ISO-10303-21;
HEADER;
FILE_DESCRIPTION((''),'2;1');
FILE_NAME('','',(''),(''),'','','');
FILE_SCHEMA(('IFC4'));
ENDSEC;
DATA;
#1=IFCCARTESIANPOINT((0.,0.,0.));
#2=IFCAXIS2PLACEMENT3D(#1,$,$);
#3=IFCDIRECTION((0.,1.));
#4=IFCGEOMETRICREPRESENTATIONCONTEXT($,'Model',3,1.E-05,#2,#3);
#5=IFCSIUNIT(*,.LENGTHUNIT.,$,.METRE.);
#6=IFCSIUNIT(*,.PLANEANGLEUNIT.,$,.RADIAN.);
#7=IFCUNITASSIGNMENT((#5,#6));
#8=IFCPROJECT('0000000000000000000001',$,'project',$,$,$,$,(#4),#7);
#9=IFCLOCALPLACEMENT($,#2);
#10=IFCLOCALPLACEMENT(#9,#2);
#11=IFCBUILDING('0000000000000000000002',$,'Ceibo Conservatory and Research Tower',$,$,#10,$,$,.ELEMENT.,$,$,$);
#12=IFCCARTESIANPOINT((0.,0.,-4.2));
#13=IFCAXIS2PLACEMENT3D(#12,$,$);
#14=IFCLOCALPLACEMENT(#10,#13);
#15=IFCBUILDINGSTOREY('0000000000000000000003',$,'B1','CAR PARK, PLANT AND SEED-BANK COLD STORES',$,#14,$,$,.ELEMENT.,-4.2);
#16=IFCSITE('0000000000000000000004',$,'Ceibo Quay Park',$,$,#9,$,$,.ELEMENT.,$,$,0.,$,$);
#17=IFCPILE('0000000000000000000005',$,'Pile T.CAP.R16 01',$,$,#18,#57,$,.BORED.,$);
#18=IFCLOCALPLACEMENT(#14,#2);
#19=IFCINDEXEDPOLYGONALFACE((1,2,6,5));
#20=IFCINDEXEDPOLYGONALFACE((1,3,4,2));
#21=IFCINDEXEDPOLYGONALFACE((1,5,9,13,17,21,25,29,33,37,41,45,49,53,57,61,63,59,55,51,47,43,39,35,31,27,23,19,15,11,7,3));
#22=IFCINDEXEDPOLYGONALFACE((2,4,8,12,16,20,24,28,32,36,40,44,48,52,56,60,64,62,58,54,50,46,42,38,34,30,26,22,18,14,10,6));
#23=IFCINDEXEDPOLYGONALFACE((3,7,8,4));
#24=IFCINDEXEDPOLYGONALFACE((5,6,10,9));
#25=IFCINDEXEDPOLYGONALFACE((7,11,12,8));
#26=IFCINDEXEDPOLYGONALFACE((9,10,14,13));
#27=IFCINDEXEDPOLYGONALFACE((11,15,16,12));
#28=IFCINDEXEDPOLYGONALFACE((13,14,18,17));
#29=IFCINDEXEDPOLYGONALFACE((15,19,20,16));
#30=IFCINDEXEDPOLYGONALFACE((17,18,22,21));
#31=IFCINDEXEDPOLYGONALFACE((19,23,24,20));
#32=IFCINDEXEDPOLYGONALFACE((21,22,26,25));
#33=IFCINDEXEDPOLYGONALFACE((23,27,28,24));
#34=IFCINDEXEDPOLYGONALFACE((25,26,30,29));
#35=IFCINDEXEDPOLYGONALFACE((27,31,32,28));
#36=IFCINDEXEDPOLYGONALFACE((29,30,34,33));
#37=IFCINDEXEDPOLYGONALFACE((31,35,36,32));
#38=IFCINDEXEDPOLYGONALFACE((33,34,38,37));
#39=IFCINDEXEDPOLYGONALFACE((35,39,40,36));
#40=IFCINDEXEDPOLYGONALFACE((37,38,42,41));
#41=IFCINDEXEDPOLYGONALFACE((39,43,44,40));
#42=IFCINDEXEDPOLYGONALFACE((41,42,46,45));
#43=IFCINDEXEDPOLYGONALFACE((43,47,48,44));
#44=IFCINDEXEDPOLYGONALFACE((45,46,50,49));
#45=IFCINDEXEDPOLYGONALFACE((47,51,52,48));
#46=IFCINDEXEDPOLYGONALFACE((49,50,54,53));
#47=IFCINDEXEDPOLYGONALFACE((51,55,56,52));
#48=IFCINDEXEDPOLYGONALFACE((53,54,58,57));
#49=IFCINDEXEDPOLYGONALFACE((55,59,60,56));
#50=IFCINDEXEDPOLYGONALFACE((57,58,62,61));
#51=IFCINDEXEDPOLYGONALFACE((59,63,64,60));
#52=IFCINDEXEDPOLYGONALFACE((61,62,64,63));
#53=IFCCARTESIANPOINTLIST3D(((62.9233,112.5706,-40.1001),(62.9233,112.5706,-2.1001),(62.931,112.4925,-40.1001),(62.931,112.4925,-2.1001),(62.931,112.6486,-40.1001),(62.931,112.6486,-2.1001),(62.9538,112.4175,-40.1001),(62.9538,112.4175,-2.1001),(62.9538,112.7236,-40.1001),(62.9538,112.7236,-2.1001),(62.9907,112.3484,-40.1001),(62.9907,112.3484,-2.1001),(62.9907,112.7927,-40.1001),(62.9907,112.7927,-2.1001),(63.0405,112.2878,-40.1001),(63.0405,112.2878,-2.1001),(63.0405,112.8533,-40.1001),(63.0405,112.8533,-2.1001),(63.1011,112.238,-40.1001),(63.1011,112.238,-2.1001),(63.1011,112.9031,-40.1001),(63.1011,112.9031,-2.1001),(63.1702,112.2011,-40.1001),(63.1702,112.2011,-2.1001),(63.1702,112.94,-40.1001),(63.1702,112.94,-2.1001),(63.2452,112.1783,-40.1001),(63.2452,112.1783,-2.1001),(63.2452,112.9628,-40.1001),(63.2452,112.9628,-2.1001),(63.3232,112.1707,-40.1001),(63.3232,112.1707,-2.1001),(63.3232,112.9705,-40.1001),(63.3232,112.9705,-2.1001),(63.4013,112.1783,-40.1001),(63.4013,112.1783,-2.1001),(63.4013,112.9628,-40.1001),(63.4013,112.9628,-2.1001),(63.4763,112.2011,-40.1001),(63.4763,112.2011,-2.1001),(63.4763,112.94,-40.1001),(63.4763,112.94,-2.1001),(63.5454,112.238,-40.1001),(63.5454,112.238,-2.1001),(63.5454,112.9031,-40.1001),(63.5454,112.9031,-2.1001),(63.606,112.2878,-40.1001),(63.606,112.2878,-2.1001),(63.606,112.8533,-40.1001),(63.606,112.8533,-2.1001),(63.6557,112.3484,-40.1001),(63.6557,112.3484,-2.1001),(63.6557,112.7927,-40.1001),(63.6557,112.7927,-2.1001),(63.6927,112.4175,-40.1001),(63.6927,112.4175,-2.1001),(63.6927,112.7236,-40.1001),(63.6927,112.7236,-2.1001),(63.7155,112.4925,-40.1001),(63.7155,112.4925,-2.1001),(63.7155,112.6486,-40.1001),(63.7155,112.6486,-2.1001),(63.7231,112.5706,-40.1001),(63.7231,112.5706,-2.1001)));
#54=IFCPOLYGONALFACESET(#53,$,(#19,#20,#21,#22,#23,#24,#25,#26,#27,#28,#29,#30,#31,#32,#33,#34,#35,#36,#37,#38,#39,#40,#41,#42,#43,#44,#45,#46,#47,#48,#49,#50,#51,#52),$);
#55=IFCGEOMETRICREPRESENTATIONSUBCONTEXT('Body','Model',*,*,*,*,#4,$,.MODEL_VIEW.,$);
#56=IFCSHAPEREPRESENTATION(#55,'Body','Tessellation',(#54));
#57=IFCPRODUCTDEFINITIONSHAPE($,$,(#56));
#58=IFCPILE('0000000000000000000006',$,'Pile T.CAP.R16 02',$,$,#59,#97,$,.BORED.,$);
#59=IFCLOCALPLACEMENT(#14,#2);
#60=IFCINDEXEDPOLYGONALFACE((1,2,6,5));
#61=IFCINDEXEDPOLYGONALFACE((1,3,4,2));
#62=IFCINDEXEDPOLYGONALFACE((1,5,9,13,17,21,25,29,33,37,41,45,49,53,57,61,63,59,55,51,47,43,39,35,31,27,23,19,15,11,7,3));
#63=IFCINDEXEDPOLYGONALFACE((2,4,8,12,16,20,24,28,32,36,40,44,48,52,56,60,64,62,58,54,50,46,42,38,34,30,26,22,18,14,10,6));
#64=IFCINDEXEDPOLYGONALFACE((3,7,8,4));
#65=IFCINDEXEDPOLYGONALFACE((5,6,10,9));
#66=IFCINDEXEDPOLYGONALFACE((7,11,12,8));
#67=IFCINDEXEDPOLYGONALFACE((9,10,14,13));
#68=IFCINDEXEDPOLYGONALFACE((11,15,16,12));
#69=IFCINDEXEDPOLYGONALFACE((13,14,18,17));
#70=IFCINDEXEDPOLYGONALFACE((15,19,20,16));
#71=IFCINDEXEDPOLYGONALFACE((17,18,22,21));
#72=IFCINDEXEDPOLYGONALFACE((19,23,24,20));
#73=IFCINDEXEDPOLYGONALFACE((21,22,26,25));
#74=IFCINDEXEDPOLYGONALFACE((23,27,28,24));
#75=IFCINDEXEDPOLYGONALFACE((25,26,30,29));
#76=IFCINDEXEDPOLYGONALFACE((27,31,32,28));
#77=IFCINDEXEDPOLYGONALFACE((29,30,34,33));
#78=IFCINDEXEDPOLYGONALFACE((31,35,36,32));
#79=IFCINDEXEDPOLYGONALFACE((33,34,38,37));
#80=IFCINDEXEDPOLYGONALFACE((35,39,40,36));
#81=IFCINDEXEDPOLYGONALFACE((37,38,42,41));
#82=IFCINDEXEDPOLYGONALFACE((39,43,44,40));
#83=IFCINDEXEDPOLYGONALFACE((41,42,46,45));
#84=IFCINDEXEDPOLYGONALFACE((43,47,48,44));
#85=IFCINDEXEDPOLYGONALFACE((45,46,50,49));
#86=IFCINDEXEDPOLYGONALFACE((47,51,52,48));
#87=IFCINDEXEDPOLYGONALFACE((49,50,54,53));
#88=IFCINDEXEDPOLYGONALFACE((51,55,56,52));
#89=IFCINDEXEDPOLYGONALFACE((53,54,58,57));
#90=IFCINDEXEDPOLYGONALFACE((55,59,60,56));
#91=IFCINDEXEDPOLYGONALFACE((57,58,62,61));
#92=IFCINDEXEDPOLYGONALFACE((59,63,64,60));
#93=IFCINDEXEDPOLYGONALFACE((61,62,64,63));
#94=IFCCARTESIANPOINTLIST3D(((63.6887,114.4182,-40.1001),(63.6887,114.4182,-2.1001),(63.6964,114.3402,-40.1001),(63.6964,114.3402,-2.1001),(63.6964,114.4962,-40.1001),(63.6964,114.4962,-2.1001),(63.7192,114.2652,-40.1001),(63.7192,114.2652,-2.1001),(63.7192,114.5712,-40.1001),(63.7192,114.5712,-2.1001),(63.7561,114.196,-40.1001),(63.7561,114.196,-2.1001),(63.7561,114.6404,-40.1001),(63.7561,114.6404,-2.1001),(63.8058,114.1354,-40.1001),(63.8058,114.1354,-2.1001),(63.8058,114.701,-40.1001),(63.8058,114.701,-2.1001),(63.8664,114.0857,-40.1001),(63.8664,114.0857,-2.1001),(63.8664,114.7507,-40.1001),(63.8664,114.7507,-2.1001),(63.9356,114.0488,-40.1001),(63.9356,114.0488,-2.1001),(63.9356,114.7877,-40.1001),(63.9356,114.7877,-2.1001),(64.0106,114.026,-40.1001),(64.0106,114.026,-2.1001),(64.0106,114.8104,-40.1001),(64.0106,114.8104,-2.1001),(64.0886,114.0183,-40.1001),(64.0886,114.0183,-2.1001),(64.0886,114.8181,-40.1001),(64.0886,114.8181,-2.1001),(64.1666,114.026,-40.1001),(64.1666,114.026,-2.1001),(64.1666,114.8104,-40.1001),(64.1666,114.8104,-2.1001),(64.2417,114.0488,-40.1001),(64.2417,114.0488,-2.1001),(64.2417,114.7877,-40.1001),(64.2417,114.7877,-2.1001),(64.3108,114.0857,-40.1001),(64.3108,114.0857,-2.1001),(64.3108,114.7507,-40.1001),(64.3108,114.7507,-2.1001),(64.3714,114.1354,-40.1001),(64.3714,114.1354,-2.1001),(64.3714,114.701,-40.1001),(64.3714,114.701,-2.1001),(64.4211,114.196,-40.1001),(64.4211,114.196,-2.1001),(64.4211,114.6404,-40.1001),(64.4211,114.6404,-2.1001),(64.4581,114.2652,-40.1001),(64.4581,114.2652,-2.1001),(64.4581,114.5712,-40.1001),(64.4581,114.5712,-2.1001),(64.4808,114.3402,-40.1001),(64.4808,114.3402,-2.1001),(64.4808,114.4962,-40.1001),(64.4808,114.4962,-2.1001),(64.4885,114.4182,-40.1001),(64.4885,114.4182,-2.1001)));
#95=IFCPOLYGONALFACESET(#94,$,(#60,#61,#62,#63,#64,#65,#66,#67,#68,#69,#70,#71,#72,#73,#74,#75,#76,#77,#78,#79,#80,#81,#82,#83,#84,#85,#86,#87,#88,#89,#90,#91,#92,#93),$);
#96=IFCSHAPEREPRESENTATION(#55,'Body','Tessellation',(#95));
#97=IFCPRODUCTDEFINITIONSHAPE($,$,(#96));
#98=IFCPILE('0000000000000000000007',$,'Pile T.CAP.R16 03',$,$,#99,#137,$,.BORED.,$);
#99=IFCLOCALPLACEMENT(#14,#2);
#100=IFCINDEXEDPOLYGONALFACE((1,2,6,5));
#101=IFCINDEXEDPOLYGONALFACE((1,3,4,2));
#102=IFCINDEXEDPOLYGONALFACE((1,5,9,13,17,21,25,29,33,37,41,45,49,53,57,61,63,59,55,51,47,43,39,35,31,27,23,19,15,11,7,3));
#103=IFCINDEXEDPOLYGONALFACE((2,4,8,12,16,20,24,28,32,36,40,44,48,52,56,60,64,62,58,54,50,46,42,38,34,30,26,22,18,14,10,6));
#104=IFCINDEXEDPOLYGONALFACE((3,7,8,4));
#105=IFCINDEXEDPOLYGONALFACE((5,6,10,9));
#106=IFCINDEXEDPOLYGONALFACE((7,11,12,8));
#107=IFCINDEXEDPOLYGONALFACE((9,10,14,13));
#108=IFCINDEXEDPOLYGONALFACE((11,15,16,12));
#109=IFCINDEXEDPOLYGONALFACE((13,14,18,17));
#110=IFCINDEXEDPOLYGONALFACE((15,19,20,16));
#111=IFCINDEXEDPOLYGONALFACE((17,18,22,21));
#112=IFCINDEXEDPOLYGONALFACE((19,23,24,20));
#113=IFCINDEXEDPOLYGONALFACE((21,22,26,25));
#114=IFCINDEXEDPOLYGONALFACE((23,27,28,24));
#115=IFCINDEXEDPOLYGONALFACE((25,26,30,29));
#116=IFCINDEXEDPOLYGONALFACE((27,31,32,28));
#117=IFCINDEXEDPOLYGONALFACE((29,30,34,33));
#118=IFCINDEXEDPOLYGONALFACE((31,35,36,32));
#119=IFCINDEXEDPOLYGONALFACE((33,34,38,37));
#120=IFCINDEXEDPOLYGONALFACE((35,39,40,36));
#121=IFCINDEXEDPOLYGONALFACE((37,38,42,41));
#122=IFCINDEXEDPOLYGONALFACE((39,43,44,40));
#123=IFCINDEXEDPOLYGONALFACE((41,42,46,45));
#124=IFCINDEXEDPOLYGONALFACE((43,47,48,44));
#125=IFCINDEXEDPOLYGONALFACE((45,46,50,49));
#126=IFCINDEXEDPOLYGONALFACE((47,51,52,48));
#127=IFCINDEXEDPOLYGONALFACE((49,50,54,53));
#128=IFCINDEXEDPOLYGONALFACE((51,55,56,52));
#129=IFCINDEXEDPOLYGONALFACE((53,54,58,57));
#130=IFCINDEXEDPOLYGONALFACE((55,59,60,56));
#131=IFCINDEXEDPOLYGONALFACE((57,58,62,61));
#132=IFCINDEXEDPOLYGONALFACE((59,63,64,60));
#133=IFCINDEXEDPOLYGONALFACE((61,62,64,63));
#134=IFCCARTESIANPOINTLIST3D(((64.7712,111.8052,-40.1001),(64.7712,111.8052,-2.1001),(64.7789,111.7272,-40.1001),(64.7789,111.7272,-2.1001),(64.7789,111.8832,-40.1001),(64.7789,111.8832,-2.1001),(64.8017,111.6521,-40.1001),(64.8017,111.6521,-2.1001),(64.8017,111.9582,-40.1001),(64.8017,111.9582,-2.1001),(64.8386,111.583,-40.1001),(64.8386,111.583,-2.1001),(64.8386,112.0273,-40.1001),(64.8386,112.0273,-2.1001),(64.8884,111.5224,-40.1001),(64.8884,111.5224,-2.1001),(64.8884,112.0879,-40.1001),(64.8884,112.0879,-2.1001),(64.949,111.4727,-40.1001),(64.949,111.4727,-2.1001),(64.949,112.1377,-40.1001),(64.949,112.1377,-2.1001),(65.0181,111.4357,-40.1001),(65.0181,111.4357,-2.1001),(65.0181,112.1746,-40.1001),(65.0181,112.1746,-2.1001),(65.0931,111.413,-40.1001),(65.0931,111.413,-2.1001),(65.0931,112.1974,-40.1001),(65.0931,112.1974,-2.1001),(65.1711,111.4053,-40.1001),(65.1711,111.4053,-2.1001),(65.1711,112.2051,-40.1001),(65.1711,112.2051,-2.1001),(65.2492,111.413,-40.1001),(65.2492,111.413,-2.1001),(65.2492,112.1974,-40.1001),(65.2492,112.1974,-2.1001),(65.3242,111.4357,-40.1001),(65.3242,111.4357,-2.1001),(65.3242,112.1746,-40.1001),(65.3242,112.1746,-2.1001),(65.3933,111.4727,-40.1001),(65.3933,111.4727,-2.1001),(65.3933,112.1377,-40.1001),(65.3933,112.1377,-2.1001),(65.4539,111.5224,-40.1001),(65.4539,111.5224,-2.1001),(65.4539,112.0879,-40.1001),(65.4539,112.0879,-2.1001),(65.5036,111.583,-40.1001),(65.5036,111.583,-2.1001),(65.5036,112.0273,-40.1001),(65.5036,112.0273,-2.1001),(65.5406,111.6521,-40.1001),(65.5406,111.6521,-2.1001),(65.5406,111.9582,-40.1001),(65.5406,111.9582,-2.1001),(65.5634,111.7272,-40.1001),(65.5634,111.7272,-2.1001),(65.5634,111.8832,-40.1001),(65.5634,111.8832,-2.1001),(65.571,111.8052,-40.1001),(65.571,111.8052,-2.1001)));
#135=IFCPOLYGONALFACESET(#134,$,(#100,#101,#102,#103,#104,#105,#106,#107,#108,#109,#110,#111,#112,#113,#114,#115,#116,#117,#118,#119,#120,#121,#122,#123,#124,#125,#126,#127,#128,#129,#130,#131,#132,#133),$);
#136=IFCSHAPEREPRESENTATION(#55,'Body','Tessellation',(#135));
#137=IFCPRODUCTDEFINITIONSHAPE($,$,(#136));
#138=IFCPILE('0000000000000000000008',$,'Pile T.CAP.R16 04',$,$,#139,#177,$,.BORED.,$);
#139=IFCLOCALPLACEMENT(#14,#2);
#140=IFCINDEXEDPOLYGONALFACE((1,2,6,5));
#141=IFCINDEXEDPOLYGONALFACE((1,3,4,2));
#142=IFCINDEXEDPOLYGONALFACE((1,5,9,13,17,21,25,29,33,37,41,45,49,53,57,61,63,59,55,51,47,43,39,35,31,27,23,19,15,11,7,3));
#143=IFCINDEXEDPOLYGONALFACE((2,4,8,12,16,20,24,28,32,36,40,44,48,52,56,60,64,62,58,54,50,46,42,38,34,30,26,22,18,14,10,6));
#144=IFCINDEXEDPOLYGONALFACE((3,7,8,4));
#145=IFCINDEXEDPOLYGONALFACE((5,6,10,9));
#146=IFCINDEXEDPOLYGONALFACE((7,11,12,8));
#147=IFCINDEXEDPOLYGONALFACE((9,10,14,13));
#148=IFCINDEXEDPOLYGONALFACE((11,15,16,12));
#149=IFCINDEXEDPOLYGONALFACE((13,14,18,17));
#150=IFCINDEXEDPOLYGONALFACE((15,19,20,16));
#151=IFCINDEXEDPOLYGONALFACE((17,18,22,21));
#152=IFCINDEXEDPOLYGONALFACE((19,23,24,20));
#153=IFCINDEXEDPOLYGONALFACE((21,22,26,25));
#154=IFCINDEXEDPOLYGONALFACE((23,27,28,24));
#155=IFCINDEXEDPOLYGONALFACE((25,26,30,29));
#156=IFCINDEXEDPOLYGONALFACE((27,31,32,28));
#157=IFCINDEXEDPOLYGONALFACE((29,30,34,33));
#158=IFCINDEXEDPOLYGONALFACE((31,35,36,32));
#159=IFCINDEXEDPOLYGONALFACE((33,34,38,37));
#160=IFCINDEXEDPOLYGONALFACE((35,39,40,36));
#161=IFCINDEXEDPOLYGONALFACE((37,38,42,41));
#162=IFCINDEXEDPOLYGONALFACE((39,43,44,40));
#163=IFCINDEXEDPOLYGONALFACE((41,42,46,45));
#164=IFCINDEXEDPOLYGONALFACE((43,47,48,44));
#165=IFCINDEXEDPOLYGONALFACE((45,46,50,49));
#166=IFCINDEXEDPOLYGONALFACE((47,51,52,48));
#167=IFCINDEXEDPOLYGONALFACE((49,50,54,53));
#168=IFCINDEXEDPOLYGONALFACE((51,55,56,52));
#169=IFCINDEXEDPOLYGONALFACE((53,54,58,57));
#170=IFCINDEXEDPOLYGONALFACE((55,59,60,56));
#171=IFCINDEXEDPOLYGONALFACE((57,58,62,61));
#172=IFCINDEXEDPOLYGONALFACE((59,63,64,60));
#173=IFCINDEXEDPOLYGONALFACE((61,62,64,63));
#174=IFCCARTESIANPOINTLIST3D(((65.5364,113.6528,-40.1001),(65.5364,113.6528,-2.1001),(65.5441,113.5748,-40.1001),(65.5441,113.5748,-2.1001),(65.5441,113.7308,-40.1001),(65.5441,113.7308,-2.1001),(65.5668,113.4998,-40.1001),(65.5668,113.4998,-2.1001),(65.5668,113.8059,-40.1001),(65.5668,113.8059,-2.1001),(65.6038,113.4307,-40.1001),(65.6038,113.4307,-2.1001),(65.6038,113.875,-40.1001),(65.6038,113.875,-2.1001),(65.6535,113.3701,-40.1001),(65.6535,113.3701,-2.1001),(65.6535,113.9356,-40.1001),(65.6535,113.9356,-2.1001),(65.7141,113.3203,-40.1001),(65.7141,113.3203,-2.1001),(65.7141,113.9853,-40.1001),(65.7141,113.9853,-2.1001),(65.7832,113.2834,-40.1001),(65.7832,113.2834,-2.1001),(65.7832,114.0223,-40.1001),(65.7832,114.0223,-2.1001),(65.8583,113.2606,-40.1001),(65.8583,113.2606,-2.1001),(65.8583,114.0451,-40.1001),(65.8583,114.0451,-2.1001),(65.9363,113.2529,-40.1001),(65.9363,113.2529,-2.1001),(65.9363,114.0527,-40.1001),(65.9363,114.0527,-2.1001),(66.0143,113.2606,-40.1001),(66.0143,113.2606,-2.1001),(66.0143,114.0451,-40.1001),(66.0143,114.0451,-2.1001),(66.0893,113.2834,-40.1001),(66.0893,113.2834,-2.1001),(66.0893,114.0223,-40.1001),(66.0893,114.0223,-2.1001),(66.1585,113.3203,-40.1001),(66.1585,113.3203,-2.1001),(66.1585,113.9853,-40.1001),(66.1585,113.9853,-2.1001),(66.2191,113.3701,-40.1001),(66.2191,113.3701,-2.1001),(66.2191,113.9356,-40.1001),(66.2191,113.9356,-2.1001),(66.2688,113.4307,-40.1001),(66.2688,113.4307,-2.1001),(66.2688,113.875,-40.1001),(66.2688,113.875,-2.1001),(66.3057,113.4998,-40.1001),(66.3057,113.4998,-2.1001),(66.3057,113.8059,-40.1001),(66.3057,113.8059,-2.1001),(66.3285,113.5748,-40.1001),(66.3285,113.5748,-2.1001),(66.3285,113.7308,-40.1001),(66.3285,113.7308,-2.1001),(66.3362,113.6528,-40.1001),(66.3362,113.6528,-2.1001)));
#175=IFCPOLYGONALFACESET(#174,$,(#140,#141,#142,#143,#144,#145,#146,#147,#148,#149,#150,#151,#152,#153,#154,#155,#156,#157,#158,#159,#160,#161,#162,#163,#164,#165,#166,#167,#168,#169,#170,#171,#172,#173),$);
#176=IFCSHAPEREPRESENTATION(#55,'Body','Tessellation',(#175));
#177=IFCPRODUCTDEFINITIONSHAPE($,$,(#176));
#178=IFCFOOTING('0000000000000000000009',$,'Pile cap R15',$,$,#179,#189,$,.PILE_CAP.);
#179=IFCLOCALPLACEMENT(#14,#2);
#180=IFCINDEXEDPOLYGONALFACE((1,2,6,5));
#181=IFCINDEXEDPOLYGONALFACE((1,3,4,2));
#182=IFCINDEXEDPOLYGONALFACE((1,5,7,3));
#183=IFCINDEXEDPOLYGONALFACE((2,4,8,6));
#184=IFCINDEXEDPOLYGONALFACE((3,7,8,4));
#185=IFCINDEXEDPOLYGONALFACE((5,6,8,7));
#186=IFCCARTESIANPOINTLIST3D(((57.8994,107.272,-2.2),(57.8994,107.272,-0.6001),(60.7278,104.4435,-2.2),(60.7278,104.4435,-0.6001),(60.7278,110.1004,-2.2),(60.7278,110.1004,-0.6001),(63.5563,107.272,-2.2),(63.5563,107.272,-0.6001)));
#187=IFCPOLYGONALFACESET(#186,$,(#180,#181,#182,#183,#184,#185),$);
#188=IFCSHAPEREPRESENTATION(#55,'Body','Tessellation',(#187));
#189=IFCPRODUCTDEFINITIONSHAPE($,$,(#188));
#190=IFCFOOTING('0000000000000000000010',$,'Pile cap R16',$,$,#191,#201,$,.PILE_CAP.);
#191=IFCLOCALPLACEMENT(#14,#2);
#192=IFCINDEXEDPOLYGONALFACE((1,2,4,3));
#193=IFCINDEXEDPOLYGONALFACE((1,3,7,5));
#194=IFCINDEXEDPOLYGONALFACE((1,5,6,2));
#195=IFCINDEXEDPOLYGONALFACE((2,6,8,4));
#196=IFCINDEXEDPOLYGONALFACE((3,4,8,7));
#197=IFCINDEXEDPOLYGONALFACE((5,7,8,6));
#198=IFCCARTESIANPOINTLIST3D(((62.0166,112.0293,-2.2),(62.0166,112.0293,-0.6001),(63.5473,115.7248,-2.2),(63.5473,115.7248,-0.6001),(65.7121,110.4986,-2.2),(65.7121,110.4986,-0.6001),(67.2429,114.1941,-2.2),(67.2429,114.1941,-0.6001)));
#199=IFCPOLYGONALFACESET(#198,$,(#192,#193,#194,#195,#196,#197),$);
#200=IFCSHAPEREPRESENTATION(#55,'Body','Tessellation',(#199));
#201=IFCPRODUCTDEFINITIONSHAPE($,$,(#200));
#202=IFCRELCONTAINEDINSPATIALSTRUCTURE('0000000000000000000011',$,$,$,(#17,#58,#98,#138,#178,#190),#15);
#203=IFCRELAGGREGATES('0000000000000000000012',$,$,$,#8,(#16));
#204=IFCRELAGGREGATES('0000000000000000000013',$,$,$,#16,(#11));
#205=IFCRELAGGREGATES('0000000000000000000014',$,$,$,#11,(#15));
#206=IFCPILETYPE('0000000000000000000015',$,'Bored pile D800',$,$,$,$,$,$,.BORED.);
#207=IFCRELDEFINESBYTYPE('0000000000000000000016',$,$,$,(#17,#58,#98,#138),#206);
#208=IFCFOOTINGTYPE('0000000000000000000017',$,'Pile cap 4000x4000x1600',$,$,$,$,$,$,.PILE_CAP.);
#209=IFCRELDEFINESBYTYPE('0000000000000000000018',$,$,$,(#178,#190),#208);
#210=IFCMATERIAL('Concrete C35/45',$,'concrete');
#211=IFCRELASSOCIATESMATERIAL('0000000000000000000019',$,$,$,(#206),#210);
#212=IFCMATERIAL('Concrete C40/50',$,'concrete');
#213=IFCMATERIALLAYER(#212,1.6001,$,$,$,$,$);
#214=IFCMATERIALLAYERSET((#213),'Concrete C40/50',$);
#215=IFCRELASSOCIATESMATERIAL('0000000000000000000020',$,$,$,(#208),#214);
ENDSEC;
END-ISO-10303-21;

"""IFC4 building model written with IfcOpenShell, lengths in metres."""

from ifc_helpers import new_model, si_unit, direction, frame, origin, origin_2d, place, context, subcontext, project, spatial, polyline, circle, outline, extrude, material, layer, layer_set, material_profile, profile_set, type_object, element, save


model = new_model("IFC4")

# Units and contexts
model_context = context("Model", 3, precision=1e-05, world=origin(), true_north=direction((0.0, 1.0)))
body_context = subcontext(model_context, "Body", "Model", "MODEL_VIEW")
ifc_project = project(units=[si_unit("LENGTHUNIT", "METRE"), si_unit("PLANEANGLEUNIT", "RADIAN")], contexts=[model_context])

# Site, building, storey
site_placement = place(None, origin())
site = spatial("IfcSite", under=ifc_project, at=site_placement, Name="Ceibo Quay Park", CompositionType="ELEMENT", RefElevation=0.0)
building_placement = place(site_placement, origin())
building = spatial("IfcBuilding", under=site, at=building_placement, Name="Ceibo Conservatory and Research Tower", CompositionType="ELEMENT")
storey_placement = place(building_placement, frame((0.0, 0.0, -4.2)))
storey = spatial("IfcBuildingStorey", under=building, at=storey_placement, Name="B1", Description="CAR PARK, PLANT AND SEED-BANK COLD STORES", CompositionType="ELEMENT", Elevation=-4.2)

# Piles
ifc_material_1 = material(Name="Concrete C35/45", Category="concrete")
ifc_material_profile_1 = material_profile(ifc_material_1, circle(Radius=0.3999, at=origin_2d()), Name="RC D800")
ifc_profile_set_1 = profile_set([ifc_material_profile_1], Name="Concrete C35/45")
pile_type = type_object("IfcPileType", Name="Bored pile D800", PredefinedType="BORED", material=ifc_profile_set_1)
for number, where, z_axis, x_axis, name in (
    (1, (63.3232, 112.5706, -2.1001), (0.0, 0.0, -1.0), (1.0, 0.0, 0.0), "Pile T.CAP.R16 01"),
    (2, (64.0886, 114.4182, -2.1001), (0.0, 0.0, -1.0), (1.0, 0.0, 0.0), "Pile T.CAP.R16 02"),
    (3, (65.1711, 111.8052, -2.1001), (0.0, 0.0, -1.0), (1.0, 0.0, 0.0), "Pile T.CAP.R16 03"),
    (4, (65.9363, 113.6528, -2.1001), (0.0, 0.0, -1.0), (1.0, 0.0, 0.0), "Pile T.CAP.R16 04"),
):
    element("IfcPile", number, at=place(storey_placement, frame(where, z_axis=z_axis, x_axis=x_axis)), inside=storey, type_object=pile_type, Name=name, PredefinedType="BORED", context=body_context, shape_type="SweptSolid", body=[
        extrude(circle(Radius=0.3999, at=origin_2d()), origin(), (0.0, 0.0, 1.0), 38.0),
    ])

# Footings
ifc_material_2 = material(Name="Concrete C40/50", Category="concrete")
ifc_layer_1 = layer(ifc_material_2, 1.6001)
ifc_layer_set_1 = layer_set([ifc_layer_1], Name="Concrete C40/50")
footing_type = type_object("IfcFootingType", Name="Pile cap 4000x4000x1600", PredefinedType="PILE_CAP", material=ifc_layer_set_1)
for number, where, z_axis, x_axis, name in (
    (5, (57.8994, 107.272, -2.2), (0.0, 0.0, 1.0), (0.707107, -0.707107, 0.0), "Pile cap R15"),
    (6, (62.0166, 112.0293, -2.2), (0.0, 0.0, 1.0), (0.92388, -0.382684, 0.0), "Pile cap R16"),
):
    element("IfcFooting", number, at=place(storey_placement, frame(where, z_axis=z_axis, x_axis=x_axis)), inside=storey, type_object=footing_type, Name=name, PredefinedType="PILE_CAP", context=body_context, shape_type="SweptSolid", body=[
        extrude(outline(polyline([(0.0, 0.0), (4.0, 0.0), (4.0, 4.0), (0.0, 4.0), (0.0, 0.0)])), origin(), (0.0, 0.0, 1.0), 1.5999),
    ])

save(model, "model.ifc")
